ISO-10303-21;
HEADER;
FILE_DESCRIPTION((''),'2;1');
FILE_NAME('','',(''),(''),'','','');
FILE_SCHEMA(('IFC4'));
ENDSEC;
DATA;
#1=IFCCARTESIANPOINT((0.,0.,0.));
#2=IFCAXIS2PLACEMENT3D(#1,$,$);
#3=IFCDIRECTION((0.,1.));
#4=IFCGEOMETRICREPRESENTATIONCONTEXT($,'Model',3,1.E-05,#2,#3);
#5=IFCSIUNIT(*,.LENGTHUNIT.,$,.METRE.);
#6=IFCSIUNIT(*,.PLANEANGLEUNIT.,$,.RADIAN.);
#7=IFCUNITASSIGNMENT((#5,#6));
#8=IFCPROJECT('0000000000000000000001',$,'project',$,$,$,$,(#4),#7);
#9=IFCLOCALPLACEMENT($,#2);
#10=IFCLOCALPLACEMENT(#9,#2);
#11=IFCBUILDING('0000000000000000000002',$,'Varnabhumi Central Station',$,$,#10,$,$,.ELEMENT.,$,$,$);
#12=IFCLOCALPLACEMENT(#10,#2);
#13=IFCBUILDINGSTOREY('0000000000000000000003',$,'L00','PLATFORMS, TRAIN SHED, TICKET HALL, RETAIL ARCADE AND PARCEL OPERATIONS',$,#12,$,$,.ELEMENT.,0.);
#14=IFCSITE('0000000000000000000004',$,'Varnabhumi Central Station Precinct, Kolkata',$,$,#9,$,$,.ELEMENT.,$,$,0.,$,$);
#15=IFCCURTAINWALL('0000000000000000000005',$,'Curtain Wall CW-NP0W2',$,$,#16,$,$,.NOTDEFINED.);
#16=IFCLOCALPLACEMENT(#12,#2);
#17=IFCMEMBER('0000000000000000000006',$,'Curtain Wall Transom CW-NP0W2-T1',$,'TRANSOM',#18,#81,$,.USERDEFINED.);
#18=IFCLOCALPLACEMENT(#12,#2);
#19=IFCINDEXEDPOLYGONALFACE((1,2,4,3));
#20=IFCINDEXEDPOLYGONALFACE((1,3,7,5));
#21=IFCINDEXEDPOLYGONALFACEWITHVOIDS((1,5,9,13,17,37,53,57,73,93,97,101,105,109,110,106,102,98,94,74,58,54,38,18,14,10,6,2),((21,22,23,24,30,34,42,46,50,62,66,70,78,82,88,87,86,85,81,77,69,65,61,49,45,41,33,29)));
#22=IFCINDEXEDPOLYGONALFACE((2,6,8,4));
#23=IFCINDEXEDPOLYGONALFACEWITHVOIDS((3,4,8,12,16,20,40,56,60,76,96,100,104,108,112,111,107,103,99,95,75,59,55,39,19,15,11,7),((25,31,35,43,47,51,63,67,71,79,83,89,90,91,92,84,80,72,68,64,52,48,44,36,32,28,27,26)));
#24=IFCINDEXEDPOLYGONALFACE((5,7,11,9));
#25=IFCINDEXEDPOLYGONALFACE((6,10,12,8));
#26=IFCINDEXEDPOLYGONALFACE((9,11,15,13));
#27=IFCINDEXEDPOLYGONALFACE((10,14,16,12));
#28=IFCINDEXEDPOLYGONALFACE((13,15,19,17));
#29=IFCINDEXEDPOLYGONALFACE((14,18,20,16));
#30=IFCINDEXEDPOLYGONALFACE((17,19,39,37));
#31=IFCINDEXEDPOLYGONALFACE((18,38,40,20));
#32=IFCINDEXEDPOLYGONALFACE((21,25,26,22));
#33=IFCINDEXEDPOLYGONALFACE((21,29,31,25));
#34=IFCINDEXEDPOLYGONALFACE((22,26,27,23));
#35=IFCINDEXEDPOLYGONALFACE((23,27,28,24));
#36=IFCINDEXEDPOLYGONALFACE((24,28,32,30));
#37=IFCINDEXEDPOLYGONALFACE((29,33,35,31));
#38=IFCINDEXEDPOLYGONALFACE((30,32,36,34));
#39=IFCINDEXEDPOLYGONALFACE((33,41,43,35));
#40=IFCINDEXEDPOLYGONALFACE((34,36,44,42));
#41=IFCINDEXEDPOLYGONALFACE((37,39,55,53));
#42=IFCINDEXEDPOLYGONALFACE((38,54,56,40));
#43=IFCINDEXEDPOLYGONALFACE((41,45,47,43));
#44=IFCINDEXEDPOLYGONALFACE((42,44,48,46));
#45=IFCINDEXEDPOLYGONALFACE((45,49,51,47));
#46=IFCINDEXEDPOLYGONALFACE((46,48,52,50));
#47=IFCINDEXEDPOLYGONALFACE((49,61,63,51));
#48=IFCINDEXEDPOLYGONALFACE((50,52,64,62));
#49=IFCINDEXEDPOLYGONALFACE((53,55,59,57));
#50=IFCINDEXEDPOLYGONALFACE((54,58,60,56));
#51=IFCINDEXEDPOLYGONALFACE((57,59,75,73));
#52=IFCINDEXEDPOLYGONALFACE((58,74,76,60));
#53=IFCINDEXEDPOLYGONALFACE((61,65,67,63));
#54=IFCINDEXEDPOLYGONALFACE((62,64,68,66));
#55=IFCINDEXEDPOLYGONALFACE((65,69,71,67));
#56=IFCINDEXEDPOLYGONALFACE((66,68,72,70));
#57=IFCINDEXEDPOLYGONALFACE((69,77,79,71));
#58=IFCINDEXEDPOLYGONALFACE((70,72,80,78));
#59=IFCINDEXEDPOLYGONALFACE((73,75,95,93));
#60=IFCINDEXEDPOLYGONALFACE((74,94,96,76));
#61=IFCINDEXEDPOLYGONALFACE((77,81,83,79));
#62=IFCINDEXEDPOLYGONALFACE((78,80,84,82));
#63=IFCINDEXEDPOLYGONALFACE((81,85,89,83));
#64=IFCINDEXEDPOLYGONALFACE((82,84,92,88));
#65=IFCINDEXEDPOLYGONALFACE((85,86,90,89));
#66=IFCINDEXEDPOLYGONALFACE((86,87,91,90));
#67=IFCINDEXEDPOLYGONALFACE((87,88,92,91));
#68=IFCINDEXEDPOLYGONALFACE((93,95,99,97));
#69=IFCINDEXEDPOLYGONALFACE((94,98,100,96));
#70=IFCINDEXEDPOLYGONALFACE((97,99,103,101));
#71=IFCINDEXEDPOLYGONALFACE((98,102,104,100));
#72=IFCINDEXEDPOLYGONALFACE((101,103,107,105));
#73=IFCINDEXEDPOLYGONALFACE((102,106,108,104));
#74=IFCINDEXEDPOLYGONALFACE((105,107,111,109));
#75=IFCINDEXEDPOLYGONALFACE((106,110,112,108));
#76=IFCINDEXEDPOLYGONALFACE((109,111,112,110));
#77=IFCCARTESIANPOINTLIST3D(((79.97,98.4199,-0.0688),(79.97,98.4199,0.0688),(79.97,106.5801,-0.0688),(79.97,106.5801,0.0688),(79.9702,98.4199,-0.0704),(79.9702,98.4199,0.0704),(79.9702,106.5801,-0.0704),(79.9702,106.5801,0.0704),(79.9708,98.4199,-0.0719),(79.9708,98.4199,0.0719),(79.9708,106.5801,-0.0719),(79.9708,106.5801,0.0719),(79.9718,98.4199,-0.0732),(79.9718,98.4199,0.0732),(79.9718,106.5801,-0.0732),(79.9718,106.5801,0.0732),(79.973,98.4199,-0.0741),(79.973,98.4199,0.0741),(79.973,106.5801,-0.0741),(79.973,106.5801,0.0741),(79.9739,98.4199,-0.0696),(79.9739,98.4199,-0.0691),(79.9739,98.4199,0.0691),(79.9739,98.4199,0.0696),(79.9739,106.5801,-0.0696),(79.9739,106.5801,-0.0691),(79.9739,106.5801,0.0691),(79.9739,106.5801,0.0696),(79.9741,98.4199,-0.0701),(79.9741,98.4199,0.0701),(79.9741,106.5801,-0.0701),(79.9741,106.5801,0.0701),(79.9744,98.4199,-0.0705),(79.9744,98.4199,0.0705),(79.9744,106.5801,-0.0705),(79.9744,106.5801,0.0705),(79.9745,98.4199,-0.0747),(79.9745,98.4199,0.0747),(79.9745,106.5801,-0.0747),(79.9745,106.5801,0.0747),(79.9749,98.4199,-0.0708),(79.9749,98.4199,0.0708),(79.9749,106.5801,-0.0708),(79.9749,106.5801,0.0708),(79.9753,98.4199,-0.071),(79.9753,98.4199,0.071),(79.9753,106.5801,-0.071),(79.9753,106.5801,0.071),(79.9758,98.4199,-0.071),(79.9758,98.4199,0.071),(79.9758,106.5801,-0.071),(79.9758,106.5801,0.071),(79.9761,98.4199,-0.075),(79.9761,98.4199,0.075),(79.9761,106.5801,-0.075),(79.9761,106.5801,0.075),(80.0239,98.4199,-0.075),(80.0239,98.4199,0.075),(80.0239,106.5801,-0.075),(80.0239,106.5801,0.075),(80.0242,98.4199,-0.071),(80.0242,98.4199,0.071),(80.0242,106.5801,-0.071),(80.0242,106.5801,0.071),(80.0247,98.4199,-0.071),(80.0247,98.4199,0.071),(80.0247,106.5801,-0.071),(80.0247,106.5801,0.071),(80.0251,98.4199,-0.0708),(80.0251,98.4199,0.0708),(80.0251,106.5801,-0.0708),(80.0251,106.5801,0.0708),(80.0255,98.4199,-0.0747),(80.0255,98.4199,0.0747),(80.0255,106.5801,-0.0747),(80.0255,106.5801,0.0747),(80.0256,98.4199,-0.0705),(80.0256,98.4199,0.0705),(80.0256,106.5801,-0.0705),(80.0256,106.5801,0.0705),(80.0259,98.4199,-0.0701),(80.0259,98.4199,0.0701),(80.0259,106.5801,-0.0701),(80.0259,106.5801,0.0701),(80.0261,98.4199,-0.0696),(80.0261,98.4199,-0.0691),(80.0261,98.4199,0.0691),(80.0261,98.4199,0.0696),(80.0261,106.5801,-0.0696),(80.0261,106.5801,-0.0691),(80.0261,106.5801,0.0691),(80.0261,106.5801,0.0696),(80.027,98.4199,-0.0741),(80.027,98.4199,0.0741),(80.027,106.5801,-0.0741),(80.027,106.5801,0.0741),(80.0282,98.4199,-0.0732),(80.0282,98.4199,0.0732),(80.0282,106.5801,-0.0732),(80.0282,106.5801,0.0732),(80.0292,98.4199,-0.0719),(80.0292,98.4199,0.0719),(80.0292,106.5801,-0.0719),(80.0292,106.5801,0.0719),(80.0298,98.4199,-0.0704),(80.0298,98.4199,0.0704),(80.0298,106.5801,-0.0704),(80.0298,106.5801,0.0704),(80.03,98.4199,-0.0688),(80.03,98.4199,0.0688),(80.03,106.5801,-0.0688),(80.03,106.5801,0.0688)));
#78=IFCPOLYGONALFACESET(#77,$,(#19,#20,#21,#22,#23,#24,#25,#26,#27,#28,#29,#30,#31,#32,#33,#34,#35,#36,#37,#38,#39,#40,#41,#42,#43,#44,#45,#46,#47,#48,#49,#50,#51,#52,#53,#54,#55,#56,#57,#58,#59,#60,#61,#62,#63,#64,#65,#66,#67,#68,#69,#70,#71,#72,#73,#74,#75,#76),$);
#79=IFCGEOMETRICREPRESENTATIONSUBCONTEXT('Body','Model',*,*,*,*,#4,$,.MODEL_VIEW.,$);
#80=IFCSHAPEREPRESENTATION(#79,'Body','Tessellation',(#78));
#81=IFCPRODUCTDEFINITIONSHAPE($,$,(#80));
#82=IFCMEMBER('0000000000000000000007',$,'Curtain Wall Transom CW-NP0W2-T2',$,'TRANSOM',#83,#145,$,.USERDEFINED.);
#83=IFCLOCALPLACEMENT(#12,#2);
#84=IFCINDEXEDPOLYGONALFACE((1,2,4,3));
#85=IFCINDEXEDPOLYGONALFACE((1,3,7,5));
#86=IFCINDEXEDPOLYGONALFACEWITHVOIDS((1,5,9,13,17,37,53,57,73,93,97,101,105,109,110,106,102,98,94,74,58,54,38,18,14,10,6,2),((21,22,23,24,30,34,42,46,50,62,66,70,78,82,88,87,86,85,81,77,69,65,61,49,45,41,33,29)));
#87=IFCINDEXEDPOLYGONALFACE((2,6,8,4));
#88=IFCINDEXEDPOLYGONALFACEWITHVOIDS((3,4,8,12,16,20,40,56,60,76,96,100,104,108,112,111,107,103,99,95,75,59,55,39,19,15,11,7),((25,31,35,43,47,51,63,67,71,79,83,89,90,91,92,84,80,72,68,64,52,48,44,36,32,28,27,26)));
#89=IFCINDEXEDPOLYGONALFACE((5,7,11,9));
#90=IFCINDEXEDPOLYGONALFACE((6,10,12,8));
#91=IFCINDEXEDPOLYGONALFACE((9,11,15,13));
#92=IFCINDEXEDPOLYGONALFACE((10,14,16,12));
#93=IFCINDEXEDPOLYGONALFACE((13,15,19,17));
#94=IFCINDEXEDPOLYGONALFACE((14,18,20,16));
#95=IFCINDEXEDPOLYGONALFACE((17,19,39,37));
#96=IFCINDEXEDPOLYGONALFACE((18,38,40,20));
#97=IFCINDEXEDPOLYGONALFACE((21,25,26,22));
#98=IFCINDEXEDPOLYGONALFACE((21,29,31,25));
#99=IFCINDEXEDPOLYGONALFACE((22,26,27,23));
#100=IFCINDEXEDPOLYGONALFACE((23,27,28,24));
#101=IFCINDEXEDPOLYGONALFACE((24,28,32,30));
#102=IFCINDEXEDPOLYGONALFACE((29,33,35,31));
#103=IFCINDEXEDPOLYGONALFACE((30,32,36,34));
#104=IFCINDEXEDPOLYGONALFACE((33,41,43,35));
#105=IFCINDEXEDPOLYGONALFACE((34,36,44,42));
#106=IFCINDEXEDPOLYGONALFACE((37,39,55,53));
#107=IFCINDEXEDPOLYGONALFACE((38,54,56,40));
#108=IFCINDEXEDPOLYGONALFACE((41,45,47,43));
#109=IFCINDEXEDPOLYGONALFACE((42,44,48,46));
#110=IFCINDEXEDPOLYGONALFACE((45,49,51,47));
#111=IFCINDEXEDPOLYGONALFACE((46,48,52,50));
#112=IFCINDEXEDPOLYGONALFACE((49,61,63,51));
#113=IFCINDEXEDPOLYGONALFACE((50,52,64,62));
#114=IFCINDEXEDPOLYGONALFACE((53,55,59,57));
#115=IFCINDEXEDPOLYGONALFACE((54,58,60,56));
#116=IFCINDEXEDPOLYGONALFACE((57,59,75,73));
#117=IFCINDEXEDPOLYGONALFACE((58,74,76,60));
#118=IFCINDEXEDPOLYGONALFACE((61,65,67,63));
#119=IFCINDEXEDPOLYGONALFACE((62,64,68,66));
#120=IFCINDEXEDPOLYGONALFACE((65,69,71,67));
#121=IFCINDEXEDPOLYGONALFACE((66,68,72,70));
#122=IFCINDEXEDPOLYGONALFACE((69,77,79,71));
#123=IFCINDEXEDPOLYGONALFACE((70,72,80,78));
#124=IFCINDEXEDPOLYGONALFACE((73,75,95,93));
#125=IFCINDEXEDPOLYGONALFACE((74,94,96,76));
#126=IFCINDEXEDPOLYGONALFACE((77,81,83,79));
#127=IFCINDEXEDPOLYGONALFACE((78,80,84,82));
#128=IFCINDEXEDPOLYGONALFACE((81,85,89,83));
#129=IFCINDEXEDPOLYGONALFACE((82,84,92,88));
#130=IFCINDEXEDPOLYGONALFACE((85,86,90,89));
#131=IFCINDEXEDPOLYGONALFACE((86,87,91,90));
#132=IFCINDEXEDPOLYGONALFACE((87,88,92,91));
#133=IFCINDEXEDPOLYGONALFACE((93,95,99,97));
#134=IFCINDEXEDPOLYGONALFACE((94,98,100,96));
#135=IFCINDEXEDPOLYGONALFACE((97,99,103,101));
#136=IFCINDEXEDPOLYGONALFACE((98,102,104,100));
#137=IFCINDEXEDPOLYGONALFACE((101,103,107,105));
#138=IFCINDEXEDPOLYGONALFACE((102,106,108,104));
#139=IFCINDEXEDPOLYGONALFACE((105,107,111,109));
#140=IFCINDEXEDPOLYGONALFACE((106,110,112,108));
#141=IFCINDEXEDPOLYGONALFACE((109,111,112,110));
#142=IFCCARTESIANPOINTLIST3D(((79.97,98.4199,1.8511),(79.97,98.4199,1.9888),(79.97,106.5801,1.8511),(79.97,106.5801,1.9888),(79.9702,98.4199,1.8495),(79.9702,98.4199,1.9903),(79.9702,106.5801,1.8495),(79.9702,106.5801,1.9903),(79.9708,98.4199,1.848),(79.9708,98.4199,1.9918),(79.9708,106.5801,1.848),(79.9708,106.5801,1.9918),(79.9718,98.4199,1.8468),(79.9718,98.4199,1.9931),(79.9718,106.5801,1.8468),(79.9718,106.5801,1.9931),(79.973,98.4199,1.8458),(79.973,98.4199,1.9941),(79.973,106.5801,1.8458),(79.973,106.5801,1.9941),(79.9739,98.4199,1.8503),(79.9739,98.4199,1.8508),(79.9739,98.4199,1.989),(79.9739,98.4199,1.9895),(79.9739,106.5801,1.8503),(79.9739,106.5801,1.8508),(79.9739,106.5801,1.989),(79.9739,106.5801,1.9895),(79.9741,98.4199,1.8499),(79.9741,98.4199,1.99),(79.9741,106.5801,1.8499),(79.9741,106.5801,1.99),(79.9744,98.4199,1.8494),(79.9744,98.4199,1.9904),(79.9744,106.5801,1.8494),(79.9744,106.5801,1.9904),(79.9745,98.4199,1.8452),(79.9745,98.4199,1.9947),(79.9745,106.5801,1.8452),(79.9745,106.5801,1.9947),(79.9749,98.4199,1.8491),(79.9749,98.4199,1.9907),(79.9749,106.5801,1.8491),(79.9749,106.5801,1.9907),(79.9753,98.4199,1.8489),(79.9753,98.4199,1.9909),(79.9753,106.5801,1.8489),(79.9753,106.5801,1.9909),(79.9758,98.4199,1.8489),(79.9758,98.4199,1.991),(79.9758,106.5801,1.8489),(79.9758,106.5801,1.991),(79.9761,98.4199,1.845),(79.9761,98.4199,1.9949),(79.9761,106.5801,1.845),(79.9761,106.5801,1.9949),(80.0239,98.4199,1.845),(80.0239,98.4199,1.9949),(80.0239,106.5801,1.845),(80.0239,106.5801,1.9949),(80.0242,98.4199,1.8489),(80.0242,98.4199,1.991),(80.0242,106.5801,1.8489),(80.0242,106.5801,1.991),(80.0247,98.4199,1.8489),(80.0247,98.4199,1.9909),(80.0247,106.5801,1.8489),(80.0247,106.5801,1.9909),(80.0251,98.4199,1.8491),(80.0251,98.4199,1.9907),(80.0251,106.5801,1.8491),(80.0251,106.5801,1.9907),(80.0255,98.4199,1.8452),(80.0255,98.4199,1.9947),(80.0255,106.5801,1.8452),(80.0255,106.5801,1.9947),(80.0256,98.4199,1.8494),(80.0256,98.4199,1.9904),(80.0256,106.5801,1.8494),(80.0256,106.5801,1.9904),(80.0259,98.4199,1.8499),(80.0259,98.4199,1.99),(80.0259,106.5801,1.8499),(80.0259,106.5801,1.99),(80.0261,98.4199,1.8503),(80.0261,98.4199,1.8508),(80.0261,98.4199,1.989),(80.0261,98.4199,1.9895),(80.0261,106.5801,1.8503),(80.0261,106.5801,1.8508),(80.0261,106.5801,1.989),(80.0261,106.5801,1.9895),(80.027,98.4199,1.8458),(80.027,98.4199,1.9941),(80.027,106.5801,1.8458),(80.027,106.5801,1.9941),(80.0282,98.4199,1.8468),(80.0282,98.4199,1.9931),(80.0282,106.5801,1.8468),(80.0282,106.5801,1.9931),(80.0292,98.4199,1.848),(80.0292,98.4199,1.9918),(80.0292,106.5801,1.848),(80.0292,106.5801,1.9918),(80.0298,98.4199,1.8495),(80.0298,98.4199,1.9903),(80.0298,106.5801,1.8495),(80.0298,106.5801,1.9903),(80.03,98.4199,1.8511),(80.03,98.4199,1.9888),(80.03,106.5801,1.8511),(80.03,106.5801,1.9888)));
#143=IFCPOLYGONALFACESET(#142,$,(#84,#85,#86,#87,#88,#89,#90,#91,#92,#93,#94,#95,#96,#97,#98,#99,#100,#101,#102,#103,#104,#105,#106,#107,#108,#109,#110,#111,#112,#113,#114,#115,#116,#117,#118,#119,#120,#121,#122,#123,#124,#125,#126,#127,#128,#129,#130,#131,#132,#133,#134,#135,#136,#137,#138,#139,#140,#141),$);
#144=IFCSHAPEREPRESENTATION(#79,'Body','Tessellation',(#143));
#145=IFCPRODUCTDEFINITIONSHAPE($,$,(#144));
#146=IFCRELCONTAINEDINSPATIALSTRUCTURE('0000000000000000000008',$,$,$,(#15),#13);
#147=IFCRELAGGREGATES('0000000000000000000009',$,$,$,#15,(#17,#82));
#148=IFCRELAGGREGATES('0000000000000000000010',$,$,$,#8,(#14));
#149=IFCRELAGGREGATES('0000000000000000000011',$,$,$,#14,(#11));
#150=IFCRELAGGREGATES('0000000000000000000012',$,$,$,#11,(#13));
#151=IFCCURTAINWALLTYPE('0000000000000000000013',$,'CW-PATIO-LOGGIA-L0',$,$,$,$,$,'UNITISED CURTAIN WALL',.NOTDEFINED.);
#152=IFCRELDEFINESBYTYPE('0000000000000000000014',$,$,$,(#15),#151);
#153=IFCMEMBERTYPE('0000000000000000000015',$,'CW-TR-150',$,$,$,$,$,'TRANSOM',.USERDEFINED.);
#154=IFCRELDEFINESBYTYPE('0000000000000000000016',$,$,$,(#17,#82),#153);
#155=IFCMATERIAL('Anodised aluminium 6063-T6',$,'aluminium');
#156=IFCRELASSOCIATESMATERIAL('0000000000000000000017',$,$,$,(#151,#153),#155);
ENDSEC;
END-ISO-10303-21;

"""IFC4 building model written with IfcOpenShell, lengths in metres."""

from ifc_helpers import new_model, si_unit, direction, frame, origin, origin_2d, place, context, subcontext, project, spatial, hollow_rectangle, extrude, material, material_profile, profile_set, type_object, element, aggregate, save


model = new_model("IFC4")

# Units and contexts
model_context = context("Model", 3, precision=1e-05, world=origin(), true_north=direction((0.0, 1.0)))
body_context = subcontext(model_context, "Body", "Model", "MODEL_VIEW")
ifc_project = project(units=[si_unit("LENGTHUNIT", "METRE"), si_unit("PLANEANGLEUNIT", "RADIAN")], contexts=[model_context])

# Site, building, storey
site_placement = place(None, origin())
site = spatial("IfcSite", under=ifc_project, at=site_placement, Name="Varnabhumi Central Station Precinct, Kolkata", CompositionType="ELEMENT", RefElevation=0.0)
building_placement = place(site_placement, origin())
building = spatial("IfcBuilding", under=site, at=building_placement, Name="Varnabhumi Central Station", CompositionType="ELEMENT")
storey_placement = place(building_placement, origin())
storey = spatial("IfcBuildingStorey", under=building, at=storey_placement, Name="L00", Description="PLATFORMS, TRAIN SHED, TICKET HALL, RETAIL ARCADE AND PARCEL OPERATIONS", CompositionType="ELEMENT", Elevation=0.0)

# Curtain wall
ifc_material_1 = material(Name="Anodised aluminium 6063-T6", Category="aluminium")
curtain_wall_type = type_object("IfcCurtainWallType", Name="CW-PATIO-LOGGIA-L0", ElementType="UNITISED CURTAIN WALL", PredefinedType="NOTDEFINED", material=ifc_material_1)
curtain_wall_1_placement = place(storey_placement, origin())
curtain_wall_1 = element("IfcCurtainWall", 1, at=curtain_wall_1_placement, inside=storey, type_object=curtain_wall_type, Name="Curtain Wall CW-NP0W2", PredefinedType="NOTDEFINED")

# Members
ifc_material_profile_1 = material_profile(ifc_material_1, hollow_rectangle(XDim=0.0601, YDim=0.1499, WallThickness=0.0039, InnerFilletRadius=0.002, OuterFilletRadius=0.0061, at=origin_2d()), Name="Anodised aluminium 6063-T6", Category="aluminium")
ifc_profile_set_1 = profile_set([ifc_material_profile_1], Name="Anodised aluminium 6063-T6")
member_type_1 = type_object("IfcMemberType", Name="CW-TR-150", ElementType="TRANSOM", PredefinedType="USERDEFINED", material=ifc_profile_set_1)
member_1_placement = place(storey_placement, frame((80.0, 98.4199, 0.0), z_axis=(0.0, 1.0, 0.0), x_axis=(-1.0, 0.0, 0.0)))
member_1 = element("IfcMember", 2, at=member_1_placement, type_object=member_type_1, Name="Curtain Wall Transom CW-NP0W2-T1", ObjectType="TRANSOM", PredefinedType="USERDEFINED", context=body_context, shape_type="SweptSolid", body=[
    extrude(hollow_rectangle(XDim=0.0601, YDim=0.1499, WallThickness=0.0039, InnerFilletRadius=0.002, OuterFilletRadius=0.0061, at=origin_2d()), origin(), (0.0, 0.0, 1.0), 8.1602),
])
member_2_placement = place(storey_placement, frame((80.0, 98.4199, 1.9199), z_axis=(0.0, 1.0, 0.0), x_axis=(-1.0, 0.0, 0.0)))
member_2 = element("IfcMember", 3, at=member_2_placement, type_object=member_type_1, Name="Curtain Wall Transom CW-NP0W2-T2", ObjectType="TRANSOM", PredefinedType="USERDEFINED", context=body_context, shape_type="SweptSolid", body=[
    extrude(hollow_rectangle(XDim=0.0601, YDim=0.1499, WallThickness=0.0039, InnerFilletRadius=0.002, OuterFilletRadius=0.0061, at=origin_2d()), origin(), (0.0, 0.0, 1.0), 8.1602),
])

aggregate(curtain_wall_1, [member_1, member_2])

save(model, "model.ifc")
